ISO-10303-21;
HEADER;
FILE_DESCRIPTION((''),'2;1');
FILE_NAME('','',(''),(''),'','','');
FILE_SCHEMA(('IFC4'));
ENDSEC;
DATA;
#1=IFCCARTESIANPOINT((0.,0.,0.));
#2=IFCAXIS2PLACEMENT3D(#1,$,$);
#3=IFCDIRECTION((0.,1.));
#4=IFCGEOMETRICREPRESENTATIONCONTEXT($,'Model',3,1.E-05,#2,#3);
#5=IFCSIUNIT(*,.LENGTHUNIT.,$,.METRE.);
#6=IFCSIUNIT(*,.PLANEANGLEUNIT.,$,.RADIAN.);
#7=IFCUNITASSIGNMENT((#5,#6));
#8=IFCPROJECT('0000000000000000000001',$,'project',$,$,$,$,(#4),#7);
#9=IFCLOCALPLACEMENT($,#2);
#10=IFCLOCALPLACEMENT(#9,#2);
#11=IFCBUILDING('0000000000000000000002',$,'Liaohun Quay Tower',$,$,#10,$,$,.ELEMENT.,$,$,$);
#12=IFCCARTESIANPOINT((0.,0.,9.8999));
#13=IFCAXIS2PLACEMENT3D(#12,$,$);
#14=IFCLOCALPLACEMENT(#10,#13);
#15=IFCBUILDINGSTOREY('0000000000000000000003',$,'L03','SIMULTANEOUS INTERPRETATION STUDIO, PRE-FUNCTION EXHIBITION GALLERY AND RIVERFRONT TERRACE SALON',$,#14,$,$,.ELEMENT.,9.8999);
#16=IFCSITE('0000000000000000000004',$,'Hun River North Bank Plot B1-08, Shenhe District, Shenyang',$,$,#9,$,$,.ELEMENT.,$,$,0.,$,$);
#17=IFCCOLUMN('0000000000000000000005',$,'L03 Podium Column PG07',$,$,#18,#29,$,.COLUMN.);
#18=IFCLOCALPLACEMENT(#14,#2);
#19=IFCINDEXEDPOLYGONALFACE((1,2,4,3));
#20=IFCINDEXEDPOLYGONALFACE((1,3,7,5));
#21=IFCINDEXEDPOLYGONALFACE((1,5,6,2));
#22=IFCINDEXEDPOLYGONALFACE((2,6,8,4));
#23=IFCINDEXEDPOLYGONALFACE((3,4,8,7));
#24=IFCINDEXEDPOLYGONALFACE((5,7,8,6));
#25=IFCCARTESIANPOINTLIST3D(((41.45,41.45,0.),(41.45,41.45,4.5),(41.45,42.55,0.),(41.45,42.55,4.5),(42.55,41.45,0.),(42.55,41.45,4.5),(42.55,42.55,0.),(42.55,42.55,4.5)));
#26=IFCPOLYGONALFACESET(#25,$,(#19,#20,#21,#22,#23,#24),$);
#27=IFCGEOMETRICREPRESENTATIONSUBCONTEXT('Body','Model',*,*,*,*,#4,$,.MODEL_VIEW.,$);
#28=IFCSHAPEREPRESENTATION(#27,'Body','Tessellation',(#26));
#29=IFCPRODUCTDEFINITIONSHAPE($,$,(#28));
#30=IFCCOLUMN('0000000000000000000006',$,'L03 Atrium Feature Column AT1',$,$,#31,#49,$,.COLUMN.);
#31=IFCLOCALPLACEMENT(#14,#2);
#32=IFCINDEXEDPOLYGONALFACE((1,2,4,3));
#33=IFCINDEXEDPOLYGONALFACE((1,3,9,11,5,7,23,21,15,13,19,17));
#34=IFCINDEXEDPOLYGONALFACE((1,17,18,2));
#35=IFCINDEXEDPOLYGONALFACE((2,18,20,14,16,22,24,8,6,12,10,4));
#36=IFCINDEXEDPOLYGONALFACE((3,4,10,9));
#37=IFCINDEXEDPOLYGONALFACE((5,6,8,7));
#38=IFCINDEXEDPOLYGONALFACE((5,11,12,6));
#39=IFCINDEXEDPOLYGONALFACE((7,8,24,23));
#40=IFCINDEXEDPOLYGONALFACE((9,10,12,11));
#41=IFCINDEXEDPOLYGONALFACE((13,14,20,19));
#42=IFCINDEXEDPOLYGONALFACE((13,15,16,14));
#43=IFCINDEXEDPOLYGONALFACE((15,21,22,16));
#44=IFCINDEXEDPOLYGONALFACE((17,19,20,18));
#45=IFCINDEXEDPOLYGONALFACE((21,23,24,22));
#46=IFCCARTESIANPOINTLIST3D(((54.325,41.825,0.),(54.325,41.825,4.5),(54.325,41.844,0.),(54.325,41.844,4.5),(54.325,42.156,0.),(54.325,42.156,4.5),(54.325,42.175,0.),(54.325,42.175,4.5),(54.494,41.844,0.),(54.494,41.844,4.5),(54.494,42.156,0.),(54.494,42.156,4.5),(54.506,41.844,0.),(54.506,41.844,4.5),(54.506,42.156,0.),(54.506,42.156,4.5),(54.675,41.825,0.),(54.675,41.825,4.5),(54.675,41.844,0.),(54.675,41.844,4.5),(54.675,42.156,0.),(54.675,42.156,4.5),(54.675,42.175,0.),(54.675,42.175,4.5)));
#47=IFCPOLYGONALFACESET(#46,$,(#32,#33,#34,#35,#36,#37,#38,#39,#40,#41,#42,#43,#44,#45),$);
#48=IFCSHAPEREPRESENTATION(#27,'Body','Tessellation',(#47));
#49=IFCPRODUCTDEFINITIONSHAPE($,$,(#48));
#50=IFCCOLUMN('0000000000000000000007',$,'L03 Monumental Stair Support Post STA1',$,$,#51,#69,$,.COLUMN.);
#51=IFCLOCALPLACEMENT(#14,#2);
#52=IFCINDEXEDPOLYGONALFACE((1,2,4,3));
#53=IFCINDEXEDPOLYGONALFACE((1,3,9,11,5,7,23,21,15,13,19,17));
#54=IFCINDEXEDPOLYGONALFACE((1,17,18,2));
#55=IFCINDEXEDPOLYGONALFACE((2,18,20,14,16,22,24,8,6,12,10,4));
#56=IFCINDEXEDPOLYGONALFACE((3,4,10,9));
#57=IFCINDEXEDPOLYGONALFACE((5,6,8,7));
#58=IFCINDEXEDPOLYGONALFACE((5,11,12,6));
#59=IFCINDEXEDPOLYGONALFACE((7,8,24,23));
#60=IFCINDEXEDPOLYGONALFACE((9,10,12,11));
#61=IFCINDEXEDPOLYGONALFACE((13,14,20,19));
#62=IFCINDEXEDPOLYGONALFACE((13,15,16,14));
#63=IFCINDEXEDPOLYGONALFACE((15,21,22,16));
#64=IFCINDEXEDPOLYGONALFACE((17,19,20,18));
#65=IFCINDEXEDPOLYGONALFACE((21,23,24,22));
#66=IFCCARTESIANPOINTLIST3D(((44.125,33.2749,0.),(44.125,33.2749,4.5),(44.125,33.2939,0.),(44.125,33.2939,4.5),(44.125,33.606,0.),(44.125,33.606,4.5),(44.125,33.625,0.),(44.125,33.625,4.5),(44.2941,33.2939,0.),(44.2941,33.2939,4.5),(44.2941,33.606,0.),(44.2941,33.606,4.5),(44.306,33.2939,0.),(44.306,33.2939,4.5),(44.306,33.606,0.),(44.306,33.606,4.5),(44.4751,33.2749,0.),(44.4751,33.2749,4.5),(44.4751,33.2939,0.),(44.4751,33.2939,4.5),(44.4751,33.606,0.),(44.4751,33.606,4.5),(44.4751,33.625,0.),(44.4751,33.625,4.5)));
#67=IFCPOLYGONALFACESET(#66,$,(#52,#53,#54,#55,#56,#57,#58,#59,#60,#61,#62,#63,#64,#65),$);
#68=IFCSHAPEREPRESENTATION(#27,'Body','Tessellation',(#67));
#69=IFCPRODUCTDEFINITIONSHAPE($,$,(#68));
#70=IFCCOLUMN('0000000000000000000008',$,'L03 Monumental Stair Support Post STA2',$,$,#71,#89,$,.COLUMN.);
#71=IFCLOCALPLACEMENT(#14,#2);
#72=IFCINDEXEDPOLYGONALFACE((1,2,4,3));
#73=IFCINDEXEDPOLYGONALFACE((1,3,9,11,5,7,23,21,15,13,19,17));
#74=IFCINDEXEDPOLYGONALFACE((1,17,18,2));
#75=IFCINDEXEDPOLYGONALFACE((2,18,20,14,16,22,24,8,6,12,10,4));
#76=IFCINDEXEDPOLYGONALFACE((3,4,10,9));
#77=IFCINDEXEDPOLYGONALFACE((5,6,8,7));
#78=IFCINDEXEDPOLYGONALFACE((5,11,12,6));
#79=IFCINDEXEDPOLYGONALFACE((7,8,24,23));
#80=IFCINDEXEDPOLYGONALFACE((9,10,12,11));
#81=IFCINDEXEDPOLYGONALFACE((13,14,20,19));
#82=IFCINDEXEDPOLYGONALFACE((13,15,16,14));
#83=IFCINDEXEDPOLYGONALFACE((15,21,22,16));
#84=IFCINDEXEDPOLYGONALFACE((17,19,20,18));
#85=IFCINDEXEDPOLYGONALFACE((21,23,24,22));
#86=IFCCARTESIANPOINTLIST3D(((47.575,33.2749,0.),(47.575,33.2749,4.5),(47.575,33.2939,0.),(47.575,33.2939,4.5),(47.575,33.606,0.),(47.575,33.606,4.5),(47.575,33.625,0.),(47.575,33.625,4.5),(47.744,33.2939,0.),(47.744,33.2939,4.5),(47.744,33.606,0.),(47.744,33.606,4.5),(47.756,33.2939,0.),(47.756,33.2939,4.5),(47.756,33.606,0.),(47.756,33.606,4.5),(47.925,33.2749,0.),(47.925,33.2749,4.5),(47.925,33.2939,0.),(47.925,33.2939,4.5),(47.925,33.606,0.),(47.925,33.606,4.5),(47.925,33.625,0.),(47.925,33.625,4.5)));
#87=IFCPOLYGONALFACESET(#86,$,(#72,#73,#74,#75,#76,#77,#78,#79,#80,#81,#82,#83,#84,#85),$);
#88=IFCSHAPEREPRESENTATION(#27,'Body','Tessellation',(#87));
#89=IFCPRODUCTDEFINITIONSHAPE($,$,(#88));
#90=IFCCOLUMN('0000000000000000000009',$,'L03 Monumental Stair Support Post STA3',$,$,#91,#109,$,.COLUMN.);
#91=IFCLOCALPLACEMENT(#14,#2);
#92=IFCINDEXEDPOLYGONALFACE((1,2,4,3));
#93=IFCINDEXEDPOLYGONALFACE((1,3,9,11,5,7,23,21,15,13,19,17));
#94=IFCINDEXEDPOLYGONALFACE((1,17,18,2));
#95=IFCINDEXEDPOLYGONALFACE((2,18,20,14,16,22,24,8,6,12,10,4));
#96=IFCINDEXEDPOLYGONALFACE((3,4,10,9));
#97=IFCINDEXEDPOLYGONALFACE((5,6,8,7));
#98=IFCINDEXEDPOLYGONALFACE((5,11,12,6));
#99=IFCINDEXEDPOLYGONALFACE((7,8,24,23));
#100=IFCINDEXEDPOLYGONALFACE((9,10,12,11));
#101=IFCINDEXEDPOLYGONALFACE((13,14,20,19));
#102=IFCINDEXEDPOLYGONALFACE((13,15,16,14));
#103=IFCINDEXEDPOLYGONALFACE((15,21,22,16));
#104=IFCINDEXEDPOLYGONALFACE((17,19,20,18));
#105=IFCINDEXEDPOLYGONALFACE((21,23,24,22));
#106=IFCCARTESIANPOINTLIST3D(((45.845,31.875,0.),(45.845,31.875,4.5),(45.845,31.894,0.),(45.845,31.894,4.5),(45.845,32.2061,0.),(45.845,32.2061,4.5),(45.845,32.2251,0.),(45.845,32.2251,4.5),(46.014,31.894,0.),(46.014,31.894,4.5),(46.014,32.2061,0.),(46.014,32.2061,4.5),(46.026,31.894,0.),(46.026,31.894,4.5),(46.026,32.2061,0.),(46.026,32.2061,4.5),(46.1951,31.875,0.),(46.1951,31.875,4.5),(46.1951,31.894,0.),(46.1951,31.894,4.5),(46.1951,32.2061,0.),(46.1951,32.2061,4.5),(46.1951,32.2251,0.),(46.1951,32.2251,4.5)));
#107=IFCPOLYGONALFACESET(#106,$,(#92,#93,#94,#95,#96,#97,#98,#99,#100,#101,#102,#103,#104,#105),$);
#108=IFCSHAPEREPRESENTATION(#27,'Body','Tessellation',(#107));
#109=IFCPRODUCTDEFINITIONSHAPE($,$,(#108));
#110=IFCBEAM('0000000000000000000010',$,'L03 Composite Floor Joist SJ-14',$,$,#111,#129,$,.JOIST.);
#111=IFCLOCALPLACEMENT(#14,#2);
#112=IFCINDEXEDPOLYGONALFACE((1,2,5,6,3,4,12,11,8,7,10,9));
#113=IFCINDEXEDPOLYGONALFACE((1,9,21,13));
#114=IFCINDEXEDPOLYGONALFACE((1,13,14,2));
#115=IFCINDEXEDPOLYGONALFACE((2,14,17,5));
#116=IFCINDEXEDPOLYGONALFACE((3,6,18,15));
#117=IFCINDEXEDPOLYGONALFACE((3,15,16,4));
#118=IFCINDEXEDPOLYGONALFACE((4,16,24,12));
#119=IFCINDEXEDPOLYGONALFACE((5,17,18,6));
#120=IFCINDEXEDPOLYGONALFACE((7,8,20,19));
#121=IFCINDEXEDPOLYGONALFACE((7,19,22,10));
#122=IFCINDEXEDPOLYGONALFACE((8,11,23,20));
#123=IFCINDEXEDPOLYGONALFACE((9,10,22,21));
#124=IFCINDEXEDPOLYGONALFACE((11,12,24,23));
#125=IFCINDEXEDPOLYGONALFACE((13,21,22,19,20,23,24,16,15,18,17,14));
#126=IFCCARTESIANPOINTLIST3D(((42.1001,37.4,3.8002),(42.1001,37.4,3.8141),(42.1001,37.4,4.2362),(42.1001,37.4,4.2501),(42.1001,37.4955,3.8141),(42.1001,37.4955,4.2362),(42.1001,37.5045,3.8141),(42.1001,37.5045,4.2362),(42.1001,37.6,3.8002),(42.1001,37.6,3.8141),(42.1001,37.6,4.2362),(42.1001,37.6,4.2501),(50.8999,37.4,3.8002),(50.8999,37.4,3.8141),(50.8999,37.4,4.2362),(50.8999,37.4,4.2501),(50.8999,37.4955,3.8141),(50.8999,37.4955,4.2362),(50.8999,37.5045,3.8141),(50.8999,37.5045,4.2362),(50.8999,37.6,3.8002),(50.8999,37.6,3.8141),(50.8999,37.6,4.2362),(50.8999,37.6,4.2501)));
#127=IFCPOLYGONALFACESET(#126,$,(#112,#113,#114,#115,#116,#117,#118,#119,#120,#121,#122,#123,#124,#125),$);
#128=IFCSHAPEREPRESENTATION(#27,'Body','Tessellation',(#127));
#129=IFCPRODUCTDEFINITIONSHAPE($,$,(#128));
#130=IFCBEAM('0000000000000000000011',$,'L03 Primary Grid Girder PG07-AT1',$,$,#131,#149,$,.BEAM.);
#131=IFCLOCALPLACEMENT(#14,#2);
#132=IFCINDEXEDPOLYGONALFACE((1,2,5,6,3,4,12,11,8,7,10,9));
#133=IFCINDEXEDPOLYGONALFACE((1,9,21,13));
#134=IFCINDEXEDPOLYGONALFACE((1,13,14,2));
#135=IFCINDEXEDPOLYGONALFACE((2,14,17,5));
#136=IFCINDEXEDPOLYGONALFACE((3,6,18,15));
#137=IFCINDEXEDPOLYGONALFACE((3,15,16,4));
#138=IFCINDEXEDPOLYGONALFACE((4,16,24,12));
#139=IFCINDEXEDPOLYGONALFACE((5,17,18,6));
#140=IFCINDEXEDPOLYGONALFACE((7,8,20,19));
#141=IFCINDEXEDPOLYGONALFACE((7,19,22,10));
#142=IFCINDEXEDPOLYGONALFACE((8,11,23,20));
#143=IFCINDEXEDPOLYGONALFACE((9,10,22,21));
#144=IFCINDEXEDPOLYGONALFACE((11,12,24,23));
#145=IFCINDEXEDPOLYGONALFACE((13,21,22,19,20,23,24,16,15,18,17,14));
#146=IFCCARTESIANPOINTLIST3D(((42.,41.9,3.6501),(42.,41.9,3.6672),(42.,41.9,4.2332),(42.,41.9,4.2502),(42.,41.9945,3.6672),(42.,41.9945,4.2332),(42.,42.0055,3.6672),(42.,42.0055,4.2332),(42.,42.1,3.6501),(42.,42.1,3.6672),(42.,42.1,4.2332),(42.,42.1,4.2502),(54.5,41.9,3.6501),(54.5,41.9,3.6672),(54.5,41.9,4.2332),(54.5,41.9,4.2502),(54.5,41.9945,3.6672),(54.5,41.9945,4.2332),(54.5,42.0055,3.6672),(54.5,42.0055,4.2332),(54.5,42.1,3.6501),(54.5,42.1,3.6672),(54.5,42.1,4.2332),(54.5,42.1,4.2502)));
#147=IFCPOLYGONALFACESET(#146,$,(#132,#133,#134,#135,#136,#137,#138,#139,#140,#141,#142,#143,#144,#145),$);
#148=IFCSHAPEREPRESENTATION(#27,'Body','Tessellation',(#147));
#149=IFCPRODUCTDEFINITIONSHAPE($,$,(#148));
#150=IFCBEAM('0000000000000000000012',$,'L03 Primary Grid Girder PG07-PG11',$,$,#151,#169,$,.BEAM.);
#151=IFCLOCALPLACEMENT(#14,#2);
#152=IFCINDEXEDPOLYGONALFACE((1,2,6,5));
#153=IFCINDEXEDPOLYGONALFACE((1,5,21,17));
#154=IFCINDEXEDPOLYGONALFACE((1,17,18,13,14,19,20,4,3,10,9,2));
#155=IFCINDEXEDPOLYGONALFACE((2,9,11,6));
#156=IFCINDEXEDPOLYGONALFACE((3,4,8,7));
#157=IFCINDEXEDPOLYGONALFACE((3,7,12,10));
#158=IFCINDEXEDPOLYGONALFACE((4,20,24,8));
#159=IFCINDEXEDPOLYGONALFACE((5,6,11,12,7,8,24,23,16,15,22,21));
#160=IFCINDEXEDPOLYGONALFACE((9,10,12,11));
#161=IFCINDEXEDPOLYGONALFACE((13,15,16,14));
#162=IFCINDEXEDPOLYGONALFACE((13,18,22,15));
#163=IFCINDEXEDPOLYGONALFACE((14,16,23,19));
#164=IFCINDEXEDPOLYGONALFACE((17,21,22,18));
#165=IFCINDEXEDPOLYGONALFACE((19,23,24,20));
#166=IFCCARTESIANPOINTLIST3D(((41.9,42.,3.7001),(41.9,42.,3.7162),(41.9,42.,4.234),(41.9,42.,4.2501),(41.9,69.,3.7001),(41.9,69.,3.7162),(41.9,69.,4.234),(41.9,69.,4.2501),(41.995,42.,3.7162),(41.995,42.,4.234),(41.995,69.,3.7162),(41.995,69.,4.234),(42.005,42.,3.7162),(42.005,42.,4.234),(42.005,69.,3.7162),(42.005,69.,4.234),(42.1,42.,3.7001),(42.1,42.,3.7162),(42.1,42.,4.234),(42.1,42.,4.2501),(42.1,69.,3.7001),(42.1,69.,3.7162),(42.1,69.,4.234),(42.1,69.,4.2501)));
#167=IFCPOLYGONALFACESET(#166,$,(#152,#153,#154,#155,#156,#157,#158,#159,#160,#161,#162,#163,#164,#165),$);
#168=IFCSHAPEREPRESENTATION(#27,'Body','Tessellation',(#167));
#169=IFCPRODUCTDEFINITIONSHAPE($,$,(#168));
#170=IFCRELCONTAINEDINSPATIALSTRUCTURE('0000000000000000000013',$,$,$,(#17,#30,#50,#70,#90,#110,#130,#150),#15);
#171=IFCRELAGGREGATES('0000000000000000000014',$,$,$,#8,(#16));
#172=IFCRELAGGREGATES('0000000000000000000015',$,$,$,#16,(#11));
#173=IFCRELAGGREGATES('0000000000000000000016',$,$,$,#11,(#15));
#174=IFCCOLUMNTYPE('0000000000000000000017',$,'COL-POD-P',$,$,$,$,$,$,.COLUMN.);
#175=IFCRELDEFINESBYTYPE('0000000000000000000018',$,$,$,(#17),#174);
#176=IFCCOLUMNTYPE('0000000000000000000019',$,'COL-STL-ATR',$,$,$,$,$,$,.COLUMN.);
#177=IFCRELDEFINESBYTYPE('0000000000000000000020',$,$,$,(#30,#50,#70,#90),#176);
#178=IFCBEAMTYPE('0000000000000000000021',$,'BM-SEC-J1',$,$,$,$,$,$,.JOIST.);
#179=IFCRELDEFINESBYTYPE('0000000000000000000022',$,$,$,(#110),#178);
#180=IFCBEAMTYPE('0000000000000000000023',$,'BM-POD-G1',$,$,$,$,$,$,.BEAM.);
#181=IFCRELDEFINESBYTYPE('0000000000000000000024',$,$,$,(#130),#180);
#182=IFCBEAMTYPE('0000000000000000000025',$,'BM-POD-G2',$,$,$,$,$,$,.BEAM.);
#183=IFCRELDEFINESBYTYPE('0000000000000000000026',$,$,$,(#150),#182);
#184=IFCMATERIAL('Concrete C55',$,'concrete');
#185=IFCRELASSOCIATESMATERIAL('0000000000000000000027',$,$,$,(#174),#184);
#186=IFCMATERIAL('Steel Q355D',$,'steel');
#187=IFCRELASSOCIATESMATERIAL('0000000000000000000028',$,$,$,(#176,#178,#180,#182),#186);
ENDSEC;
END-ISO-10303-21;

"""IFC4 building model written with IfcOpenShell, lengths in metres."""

from ifc_helpers import new_model, si_unit, direction, frame, origin, origin_2d, place, context, subcontext, project, spatial, rectangle, i_section, extrude, source, transform, mapped, material, material_profile, profile_set, type_object, element, save


model = new_model("IFC4")

# Units and contexts
model_context = context("Model", 3, precision=1e-05, world=origin(), true_north=direction((0.0, 1.0)))
body_context = subcontext(model_context, "Body", "Model", "MODEL_VIEW")
ifc_project = project(units=[si_unit("LENGTHUNIT", "METRE"), si_unit("PLANEANGLEUNIT", "RADIAN")], contexts=[model_context])

# Site, building, storey
site_placement = place(None, origin())
site = spatial("IfcSite", under=ifc_project, at=site_placement, Name="Hun River North Bank Plot B1-08, Shenhe District, Shenyang", CompositionType="ELEMENT", RefElevation=0.0)
building_placement = place(site_placement, origin())
building = spatial("IfcBuilding", under=site, at=building_placement, Name="Liaohun Quay Tower", CompositionType="ELEMENT")
storey_placement = place(building_placement, frame((0.0, 0.0, 9.8999)))
storey = spatial("IfcBuildingStorey", under=building, at=storey_placement, Name="L03", Description="SIMULTANEOUS INTERPRETATION STUDIO, PRE-FUNCTION EXHIBITION GALLERY AND RIVERFRONT TERRACE SALON", CompositionType="ELEMENT", Elevation=9.8999)

# Columns
ifc_material_1 = material(Name="Concrete C55", Category="concrete")
ifc_material_profile_1 = material_profile(ifc_material_1, rectangle(XDim=1.1001, YDim=1.1001, at=origin_2d()), Name="RC1100x1100")
ifc_profile_set_1 = profile_set([ifc_material_profile_1], Name="Concrete C55")
column_type_1 = type_object("IfcColumnType", Name="COL-POD-P", PredefinedType="COLUMN", material=ifc_profile_set_1)
shared_shape_1 = source(origin(), body_context, "Body", "SweptSolid", [
    extrude(rectangle(XDim=1.1001, YDim=1.1001, at=origin_2d()), origin(), (0.0, 0.0, 1.0), 4.5),
])
column_placement = place(storey_placement, frame((42.0, 42.0, 0.0), z_axis=(0.0, 0.0, 1.0), x_axis=(1.0, 0.0, 0.0)))
element("IfcColumn", 1, at=column_placement, inside=storey, type_object=column_type_1, Name="L03 Podium Column PG07", PredefinedType="COLUMN", context=body_context, shape_type="MappedRepresentation", body=[
    mapped(shared_shape_1, transform((0.0, 0.0, 0.0), x_axis=(1.0, 0.0, 0.0), y_axis=(0.0, 1.0, 0.0), z_axis=(0.0, 0.0, 1.0), scale=1.0)),
])
ifc_material_2 = material(Name="Steel Q355D", Category="steel")
ifc_material_profile_2 = material_profile(ifc_material_2, i_section(OverallWidth=0.3501, OverallDepth=0.3501, WebThickness=0.012, FlangeThickness=0.019, at=origin_2d()), Name="HW350x350x12x19")
ifc_profile_set_2 = profile_set([ifc_material_profile_2], Name="Steel Q355D")
column_type_2 = type_object("IfcColumnType", Name="COL-STL-ATR", PredefinedType="COLUMN", material=ifc_profile_set_2)
shared_shape_2 = source(origin(), body_context, "Body", "SweptSolid", [
    extrude(i_section(OverallWidth=0.3501, OverallDepth=0.3501, WebThickness=0.012, FlangeThickness=0.019, at=origin_2d()), origin(), (0.0, 0.0, 1.0), 4.5),
])
for number, where, z_axis, x_axis, name in (
    (2, (54.5, 42.0, 0.0), (0.0, 0.0, 1.0), (1.0, 0.0, 0.0), "L03 Atrium Feature Column AT1"),
    (3, (44.3, 33.45, 0.0), (0.0, 0.0, 1.0), (1.0, 0.0, 0.0), "L03 Monumental Stair Support Post STA1"),
    (4, (47.75, 33.45, 0.0), (0.0, 0.0, 1.0), (1.0, 0.0, 0.0), "L03 Monumental Stair Support Post STA2"),
    (5, (46.02, 32.05, 0.0), (0.0, 0.0, 1.0), (1.0, 0.0, 0.0), "L03 Monumental Stair Support Post STA3"),
):
    element("IfcColumn", number, at=place(storey_placement, frame(where, z_axis=z_axis, x_axis=x_axis)), inside=storey, type_object=column_type_2, Name=name, PredefinedType="COLUMN", context=body_context, shape_type="MappedRepresentation", body=[
        mapped(shared_shape_2, transform((0.0, 0.0, 0.0), x_axis=(1.0, 0.0, 0.0), y_axis=(0.0, 1.0, 0.0), z_axis=(0.0, 0.0, 1.0), scale=1.0)),
    ])

# Beams
ifc_material_profile_3 = material_profile(ifc_material_2, i_section(OverallWidth=0.2, OverallDepth=0.45, WebThickness=0.009, FlangeThickness=0.0139, at=origin_2d()), Name="HN450x200x9x14")
ifc_profile_set_3 = profile_set([ifc_material_profile_3], Name="Steel Q355D")
beam_type_1 = type_object("IfcBeamType", Name="BM-SEC-J1", PredefinedType="JOIST", material=ifc_profile_set_3)
shared_shape_3 = source(origin(), body_context, "Body", "SweptSolid", [
    extrude(i_section(OverallWidth=0.2, OverallDepth=0.45, WebThickness=0.009, FlangeThickness=0.0139, at=origin_2d()), origin(), (0.0, 0.0, 1.0), 8.7998),
])
beam_1_placement = place(storey_placement, frame((42.1001, 37.5, 4.0251), z_axis=(1.0, 0.0, 0.0), x_axis=(0.0, 1.0, 0.0)))
element("IfcBeam", 6, at=beam_1_placement, inside=storey, type_object=beam_type_1, Name="L03 Composite Floor Joist SJ-14", PredefinedType="JOIST", context=body_context, shape_type="MappedRepresentation", body=[
    mapped(shared_shape_3, transform((0.0, 0.0, 0.0), x_axis=(1.0, 0.0, 0.0), y_axis=(0.0, 1.0, 0.0), z_axis=(0.0, 0.0, 1.0), scale=1.0)),
])
ifc_material_profile_4 = material_profile(ifc_material_2, i_section(OverallWidth=0.2, OverallDepth=0.6001, WebThickness=0.011, FlangeThickness=0.0171, at=origin_2d()), Name="HN600x200x11x17")
ifc_profile_set_4 = profile_set([ifc_material_profile_4], Name="Steel Q355D")
beam_type_2 = type_object("IfcBeamType", Name="BM-POD-G1", PredefinedType="BEAM", material=ifc_profile_set_4)
shared_shape_4 = source(origin(), body_context, "Body", "SweptSolid", [
    extrude(i_section(OverallWidth=0.2, OverallDepth=0.6001, WebThickness=0.011, FlangeThickness=0.0171, at=origin_2d()), origin(), (0.0, 0.0, 1.0), 12.5),
])
beam_2_placement = place(storey_placement, frame((42.0, 42.0, 3.9502), z_axis=(1.0, 0.0, 0.0), x_axis=(0.0, 1.0, 0.0)))
element("IfcBeam", 7, at=beam_2_placement, inside=storey, type_object=beam_type_2, Name="L03 Primary Grid Girder PG07-AT1", PredefinedType="BEAM", context=body_context, shape_type="MappedRepresentation", body=[
    mapped(shared_shape_4, transform((0.0, 0.0, 0.0), x_axis=(1.0, 0.0, 0.0), y_axis=(0.0, 1.0, 0.0), z_axis=(0.0, 0.0, 1.0), scale=1.0)),
])
ifc_material_profile_5 = material_profile(ifc_material_2, i_section(OverallWidth=0.2, OverallDepth=0.55, WebThickness=0.01, FlangeThickness=0.0161, at=origin_2d()), Name="HN550x200x10x16")
ifc_profile_set_5 = profile_set([ifc_material_profile_5], Name="Steel Q355D")
beam_type_3 = type_object("IfcBeamType", Name="BM-POD-G2", PredefinedType="BEAM", material=ifc_profile_set_5)
shared_shape_5 = source(origin(), body_context, "Body", "SweptSolid", [
    extrude(i_section(OverallWidth=0.2, OverallDepth=0.55, WebThickness=0.01, FlangeThickness=0.0161, at=origin_2d()), origin(), (0.0, 0.0, 1.0), 27.0),
])
beam_3_placement = place(storey_placement, frame((42.0, 42.0, 3.9751), z_axis=(0.0, 1.0, 0.0), x_axis=(-1.0, 0.0, 0.0)))
element("IfcBeam", 8, at=beam_3_placement, inside=storey, type_object=beam_type_3, Name="L03 Primary Grid Girder PG07-PG11", PredefinedType="BEAM", context=body_context, shape_type="MappedRepresentation", body=[
    mapped(shared_shape_5, transform((0.0, 0.0, 0.0), x_axis=(1.0, 0.0, 0.0), y_axis=(0.0, 1.0, 0.0), z_axis=(0.0, 0.0, 1.0), scale=1.0)),
])

save(model, "model.ifc")
